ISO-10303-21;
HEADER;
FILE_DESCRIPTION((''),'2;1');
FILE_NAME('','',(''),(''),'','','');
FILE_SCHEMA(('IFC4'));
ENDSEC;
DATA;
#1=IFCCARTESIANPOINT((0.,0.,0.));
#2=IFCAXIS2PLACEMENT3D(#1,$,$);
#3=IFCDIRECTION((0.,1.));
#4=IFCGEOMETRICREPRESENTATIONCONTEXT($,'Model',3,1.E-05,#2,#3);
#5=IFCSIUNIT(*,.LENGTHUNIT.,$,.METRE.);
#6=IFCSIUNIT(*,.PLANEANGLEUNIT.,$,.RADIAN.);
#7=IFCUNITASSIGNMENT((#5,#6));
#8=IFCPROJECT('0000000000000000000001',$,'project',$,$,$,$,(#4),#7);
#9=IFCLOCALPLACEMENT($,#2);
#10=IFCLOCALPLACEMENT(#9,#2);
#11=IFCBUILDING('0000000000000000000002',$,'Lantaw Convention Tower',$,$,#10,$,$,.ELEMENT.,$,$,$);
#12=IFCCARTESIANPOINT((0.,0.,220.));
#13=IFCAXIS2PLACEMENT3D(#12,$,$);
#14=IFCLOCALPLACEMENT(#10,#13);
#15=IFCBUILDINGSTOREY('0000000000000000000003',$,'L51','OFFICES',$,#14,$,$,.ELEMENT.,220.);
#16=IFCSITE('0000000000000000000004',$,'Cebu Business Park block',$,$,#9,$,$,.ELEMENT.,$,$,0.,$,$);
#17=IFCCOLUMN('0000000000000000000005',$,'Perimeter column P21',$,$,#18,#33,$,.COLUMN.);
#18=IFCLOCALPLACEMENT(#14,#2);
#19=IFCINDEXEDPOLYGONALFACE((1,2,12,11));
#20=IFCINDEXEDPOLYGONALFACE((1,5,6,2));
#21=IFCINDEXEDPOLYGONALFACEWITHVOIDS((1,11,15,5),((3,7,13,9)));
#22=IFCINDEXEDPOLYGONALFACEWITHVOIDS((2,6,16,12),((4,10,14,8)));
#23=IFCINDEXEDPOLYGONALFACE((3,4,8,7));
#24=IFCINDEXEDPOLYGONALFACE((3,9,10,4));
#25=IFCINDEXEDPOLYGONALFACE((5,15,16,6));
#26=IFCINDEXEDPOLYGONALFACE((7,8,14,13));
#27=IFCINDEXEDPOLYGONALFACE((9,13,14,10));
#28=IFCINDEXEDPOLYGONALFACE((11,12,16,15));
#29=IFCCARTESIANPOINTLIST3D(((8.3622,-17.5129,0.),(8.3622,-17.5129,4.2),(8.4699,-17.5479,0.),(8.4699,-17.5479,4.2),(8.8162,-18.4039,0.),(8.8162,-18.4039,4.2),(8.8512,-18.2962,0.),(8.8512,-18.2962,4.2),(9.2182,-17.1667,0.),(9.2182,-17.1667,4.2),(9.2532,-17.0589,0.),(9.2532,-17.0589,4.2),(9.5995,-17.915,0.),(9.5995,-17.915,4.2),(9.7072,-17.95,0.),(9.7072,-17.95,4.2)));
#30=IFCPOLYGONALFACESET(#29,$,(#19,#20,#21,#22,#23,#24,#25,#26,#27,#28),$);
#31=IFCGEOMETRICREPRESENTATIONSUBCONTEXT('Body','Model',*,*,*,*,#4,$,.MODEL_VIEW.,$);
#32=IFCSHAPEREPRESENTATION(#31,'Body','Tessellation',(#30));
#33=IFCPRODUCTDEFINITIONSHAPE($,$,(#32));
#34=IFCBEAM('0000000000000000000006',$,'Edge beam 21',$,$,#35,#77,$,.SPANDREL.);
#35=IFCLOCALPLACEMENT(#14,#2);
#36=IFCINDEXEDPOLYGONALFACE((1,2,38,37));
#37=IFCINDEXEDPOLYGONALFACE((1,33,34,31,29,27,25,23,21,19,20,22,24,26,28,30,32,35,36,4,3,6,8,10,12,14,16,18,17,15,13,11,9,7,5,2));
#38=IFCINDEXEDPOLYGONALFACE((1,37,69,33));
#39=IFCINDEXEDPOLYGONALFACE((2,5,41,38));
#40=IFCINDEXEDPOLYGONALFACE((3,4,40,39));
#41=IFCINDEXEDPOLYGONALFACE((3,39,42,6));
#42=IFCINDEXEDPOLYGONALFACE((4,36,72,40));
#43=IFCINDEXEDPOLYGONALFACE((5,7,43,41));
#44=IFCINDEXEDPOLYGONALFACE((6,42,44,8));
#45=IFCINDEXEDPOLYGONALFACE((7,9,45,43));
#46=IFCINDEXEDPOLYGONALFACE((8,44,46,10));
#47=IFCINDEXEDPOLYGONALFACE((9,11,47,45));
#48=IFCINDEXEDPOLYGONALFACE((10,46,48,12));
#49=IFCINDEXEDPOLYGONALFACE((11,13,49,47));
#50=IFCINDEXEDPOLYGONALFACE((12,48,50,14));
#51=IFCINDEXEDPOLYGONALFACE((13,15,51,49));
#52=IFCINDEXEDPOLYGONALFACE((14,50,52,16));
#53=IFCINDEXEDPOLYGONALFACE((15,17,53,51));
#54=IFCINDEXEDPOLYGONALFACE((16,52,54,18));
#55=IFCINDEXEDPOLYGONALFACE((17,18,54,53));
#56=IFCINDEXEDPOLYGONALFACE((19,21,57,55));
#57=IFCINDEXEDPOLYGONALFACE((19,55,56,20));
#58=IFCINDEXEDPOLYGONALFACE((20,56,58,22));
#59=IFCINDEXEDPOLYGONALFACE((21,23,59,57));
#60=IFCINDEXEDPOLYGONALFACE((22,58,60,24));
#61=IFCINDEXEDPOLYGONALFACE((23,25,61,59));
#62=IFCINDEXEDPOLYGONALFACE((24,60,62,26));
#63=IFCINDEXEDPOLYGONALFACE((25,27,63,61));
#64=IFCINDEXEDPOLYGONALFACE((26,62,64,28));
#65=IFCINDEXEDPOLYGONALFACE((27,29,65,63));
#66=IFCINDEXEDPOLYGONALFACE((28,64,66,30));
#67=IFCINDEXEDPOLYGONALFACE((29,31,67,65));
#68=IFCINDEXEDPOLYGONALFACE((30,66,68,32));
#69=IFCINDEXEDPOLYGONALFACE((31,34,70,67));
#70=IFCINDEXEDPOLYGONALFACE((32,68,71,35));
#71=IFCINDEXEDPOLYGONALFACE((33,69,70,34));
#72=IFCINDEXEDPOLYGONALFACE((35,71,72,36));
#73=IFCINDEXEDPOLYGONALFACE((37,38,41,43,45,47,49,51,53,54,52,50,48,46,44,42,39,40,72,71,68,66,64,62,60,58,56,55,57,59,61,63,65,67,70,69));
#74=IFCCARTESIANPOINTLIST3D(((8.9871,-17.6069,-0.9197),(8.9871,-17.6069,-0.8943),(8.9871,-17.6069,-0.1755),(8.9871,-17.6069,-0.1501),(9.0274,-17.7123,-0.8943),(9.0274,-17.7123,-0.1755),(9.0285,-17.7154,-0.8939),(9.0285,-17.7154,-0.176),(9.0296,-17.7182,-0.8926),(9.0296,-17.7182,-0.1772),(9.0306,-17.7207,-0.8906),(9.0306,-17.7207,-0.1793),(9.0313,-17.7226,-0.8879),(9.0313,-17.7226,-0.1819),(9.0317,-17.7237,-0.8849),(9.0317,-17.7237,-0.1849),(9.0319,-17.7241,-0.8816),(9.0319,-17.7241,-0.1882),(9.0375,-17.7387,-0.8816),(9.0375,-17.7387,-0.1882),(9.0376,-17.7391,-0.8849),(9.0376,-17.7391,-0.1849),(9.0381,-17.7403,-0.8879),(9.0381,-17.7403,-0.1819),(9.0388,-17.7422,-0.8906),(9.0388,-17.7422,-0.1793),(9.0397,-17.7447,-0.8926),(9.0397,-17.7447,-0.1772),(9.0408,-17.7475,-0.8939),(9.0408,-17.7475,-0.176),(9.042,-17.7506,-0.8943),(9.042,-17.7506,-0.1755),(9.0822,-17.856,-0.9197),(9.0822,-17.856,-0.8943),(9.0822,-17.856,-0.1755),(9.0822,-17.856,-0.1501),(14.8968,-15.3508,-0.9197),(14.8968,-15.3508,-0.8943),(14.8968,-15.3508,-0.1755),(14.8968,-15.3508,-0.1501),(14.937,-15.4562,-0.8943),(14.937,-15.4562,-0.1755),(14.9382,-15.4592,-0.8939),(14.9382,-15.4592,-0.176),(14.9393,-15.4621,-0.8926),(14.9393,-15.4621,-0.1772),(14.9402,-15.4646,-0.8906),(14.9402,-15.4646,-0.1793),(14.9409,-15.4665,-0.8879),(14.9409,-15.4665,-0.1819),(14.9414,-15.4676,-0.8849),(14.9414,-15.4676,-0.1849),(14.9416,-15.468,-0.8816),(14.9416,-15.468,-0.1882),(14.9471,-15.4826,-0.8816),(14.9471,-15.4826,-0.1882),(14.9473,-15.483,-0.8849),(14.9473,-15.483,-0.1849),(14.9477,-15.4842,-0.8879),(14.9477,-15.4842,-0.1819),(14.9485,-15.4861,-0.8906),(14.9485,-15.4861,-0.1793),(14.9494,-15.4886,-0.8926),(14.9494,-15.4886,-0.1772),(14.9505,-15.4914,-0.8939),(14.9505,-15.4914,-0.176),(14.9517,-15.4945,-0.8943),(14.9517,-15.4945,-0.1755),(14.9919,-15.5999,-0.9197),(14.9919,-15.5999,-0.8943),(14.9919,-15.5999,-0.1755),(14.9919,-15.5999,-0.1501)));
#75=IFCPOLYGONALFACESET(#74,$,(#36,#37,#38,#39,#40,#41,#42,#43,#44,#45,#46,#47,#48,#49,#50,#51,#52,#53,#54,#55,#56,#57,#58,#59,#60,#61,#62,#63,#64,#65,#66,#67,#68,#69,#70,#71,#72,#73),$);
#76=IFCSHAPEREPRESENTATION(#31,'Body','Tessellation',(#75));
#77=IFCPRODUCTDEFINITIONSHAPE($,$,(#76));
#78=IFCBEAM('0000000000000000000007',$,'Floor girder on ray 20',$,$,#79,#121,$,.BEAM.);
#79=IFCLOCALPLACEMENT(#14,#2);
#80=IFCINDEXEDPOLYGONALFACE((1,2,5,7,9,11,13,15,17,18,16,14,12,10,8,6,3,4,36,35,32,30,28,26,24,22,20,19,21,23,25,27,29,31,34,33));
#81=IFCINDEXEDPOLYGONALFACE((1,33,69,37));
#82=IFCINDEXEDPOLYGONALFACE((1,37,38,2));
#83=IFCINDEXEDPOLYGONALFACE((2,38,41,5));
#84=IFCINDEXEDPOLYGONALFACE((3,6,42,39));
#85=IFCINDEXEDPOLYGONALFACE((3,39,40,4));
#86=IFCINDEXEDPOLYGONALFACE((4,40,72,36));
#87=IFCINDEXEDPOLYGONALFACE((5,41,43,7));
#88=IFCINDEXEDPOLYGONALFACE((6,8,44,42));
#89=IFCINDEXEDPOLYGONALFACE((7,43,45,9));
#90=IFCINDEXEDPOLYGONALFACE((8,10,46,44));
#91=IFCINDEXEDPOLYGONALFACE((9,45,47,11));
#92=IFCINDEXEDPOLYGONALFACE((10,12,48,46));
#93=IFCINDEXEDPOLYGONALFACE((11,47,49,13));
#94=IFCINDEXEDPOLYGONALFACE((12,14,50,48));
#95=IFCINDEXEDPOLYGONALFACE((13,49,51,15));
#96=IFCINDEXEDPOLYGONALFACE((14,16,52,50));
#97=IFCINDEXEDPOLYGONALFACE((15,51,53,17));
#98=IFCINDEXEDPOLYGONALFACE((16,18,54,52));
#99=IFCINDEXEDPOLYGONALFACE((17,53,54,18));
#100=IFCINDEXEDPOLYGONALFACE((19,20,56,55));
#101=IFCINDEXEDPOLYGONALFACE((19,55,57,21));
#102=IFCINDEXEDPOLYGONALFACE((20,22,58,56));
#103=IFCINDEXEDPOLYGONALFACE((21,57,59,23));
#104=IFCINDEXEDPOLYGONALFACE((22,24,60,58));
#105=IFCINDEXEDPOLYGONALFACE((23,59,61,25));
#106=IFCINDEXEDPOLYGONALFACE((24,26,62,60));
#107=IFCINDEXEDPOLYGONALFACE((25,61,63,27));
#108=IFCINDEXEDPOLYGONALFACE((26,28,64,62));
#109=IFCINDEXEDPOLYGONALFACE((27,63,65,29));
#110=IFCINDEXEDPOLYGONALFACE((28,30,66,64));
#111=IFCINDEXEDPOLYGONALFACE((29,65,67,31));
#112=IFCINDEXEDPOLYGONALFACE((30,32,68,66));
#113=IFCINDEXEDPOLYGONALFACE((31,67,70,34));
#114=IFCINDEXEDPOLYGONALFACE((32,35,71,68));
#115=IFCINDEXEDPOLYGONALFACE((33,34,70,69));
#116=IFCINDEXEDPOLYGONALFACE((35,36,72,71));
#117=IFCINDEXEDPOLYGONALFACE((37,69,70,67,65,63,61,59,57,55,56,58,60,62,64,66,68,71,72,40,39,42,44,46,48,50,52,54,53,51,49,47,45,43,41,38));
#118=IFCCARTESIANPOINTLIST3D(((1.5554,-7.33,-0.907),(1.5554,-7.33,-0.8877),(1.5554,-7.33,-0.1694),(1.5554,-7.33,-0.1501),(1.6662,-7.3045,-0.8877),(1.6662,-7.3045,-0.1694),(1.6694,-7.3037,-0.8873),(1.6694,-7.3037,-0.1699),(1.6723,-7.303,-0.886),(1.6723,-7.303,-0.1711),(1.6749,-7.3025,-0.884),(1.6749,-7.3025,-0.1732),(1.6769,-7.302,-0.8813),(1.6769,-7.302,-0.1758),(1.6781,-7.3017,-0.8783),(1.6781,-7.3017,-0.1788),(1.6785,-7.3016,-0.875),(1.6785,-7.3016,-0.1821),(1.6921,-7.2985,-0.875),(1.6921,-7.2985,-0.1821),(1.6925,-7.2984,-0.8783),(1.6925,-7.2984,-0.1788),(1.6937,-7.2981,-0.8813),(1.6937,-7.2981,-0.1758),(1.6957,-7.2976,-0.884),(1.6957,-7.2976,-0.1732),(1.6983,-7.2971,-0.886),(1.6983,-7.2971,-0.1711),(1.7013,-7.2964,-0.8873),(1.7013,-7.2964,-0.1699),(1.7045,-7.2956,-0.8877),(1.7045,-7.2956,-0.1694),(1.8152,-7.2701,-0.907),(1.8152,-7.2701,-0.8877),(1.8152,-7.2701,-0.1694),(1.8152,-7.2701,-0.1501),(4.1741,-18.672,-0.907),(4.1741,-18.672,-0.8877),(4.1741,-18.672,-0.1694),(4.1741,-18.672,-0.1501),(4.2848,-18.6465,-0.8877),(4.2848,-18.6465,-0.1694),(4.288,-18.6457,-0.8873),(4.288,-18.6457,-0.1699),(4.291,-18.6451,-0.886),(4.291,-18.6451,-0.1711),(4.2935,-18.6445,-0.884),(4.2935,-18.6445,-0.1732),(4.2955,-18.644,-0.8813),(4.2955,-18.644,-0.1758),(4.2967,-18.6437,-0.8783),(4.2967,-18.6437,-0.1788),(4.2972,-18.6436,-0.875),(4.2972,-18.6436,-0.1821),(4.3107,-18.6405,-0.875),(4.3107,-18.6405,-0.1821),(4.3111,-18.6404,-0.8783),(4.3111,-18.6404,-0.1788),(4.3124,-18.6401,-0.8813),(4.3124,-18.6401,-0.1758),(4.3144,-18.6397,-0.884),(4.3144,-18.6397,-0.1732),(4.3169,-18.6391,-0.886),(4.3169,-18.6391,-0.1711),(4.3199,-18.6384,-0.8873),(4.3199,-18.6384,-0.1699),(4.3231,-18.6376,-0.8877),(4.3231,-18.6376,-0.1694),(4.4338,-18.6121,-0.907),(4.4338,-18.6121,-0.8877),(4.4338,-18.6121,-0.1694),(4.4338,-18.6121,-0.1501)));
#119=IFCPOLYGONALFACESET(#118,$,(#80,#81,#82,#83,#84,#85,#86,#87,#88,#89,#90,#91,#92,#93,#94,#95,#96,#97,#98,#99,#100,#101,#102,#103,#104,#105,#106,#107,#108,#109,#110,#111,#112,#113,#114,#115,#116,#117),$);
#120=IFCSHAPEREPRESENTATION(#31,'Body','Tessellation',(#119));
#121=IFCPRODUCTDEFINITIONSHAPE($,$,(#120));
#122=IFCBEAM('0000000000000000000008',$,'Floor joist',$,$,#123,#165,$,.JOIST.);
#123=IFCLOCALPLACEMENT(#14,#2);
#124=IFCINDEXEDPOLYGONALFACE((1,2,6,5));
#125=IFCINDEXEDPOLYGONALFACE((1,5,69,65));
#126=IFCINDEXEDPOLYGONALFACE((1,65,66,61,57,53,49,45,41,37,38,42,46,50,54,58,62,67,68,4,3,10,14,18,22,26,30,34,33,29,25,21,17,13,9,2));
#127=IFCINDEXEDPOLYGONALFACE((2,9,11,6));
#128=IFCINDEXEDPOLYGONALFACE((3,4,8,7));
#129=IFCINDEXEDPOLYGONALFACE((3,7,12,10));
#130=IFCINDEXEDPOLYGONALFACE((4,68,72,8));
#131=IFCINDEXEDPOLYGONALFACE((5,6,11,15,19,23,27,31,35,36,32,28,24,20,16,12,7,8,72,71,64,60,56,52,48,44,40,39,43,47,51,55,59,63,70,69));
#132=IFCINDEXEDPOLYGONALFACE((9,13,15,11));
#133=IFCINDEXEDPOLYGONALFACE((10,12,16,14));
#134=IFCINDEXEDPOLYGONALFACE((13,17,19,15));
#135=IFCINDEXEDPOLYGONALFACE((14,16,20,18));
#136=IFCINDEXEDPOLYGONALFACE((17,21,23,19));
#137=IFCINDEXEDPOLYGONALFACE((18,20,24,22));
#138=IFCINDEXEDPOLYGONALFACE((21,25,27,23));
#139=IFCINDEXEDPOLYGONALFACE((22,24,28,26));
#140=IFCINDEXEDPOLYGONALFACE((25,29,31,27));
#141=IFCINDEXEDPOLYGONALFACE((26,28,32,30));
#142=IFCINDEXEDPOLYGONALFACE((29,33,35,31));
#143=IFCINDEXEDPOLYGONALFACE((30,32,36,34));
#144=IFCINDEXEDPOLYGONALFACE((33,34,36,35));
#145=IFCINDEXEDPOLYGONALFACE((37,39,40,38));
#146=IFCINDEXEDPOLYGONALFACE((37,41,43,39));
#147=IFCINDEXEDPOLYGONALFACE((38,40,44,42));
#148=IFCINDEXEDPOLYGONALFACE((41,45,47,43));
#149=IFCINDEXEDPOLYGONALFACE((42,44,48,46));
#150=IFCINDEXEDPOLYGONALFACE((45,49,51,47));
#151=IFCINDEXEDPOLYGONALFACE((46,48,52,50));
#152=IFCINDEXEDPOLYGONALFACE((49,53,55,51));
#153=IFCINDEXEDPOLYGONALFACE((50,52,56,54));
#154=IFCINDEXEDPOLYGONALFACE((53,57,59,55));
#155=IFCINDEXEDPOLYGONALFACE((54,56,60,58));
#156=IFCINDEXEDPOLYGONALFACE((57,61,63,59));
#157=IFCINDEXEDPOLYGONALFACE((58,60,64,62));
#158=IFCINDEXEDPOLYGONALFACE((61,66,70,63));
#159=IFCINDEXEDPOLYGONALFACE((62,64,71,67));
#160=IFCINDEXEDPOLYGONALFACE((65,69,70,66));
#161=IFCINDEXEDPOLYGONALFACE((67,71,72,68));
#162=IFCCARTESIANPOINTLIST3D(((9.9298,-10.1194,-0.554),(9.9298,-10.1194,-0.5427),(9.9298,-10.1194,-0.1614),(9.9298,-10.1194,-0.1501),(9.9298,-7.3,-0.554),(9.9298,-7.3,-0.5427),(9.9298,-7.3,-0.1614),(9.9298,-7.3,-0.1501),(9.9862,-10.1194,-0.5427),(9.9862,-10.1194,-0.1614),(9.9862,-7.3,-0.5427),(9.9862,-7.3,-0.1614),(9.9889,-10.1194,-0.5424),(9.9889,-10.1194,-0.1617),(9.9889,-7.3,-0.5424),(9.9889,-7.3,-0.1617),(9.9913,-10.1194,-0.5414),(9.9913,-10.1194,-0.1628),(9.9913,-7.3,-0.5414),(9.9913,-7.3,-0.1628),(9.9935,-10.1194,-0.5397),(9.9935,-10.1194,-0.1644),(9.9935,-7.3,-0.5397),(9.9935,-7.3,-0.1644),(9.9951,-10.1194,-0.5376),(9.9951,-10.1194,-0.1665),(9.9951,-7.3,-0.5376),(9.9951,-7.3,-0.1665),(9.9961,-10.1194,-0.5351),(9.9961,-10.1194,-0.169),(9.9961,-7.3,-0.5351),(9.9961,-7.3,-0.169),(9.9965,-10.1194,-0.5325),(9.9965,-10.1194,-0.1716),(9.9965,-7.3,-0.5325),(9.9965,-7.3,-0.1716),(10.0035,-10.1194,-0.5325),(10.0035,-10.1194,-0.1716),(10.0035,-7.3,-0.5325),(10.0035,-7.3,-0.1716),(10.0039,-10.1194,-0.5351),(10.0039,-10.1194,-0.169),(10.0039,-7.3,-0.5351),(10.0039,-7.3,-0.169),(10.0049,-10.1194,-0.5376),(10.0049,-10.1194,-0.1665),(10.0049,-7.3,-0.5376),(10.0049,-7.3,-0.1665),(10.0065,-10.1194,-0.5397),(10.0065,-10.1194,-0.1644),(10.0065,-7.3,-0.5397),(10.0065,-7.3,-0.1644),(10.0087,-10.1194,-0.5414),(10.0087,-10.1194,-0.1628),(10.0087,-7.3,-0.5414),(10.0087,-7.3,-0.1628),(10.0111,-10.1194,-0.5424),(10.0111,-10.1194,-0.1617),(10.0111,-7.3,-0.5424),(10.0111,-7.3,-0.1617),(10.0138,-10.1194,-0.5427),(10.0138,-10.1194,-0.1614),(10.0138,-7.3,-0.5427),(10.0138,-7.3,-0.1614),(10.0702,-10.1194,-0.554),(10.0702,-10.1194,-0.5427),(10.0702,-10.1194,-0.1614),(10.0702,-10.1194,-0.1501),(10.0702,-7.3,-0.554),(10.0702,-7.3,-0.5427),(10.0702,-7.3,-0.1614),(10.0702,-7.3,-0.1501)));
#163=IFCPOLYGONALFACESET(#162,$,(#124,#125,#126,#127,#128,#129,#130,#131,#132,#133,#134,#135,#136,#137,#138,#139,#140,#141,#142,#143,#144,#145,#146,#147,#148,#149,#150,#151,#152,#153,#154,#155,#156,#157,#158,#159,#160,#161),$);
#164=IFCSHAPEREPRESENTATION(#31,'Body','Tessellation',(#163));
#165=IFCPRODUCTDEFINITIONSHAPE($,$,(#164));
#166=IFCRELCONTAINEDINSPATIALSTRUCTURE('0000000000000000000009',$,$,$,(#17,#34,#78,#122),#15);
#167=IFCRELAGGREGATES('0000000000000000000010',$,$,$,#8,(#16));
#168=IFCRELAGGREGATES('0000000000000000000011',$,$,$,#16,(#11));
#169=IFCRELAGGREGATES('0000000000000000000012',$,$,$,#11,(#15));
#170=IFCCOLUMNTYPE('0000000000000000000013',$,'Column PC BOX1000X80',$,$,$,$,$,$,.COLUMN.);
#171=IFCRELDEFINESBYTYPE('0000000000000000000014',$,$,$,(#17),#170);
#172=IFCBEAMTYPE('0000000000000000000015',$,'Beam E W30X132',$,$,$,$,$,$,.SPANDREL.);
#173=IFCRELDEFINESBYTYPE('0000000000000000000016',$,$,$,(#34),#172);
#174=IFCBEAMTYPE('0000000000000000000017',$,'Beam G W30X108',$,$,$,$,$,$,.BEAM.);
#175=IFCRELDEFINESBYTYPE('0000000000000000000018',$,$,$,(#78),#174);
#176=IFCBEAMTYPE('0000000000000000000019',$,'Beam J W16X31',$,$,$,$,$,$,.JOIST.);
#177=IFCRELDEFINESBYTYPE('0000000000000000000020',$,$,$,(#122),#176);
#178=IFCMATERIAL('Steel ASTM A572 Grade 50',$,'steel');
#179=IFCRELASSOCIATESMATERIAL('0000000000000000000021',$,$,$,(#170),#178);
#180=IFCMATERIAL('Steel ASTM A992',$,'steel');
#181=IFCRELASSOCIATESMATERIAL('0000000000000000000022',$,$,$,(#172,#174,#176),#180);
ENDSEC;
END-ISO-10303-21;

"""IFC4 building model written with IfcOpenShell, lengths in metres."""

from ifc_helpers import new_model, si_unit, direction, frame, origin, origin_2d, place, context, subcontext, project, spatial, rectangle, hollow_rectangle, i_section, extrude, material, material_profile, profile_set, type_object, element, save


model = new_model("IFC4")

# Units and contexts
model_context = context("Model", 3, precision=1e-05, world=origin(), true_north=direction((0.0, 1.0)))
body_context = subcontext(model_context, "Body", "Model", "MODEL_VIEW")
ifc_project = project(units=[si_unit("LENGTHUNIT", "METRE"), si_unit("PLANEANGLEUNIT", "RADIAN")], contexts=[model_context])

# Site, building, storey
site_placement = place(None, origin())
site = spatial("IfcSite", under=ifc_project, at=site_placement, Name="Cebu Business Park block", CompositionType="ELEMENT", RefElevation=0.0)
building_placement = place(site_placement, origin())
building = spatial("IfcBuilding", under=site, at=building_placement, Name="Lantaw Convention Tower", CompositionType="ELEMENT")
storey_placement = place(building_placement, frame((0.0, 0.0, 220.0)))
storey = spatial("IfcBuildingStorey", under=building, at=storey_placement, Name="L51", Description="OFFICES", CompositionType="ELEMENT", Elevation=220.0)

# Column
ifc_material_1 = material(Name="Steel ASTM A572 Grade 50", Category="steel")
ifc_material_profile_1 = material_profile(ifc_material_1, hollow_rectangle(XDim=1.0, YDim=1.0, WallThickness=0.0801, at=origin_2d()), Name="BOX1000X80")
ifc_material_2 = material(Name="Concrete C60/75", Category="concrete")
ifc_material_profile_2 = material_profile(ifc_material_2, rectangle(XDim=0.8401, YDim=0.8401, at=origin_2d()), Name="Concrete fill of BOX1000X80")
ifc_profile_set_1 = profile_set([ifc_material_profile_1, ifc_material_profile_2], Name="Steel ASTM A572 Grade 50")
column_type = type_object("IfcColumnType", Name="Column PC BOX1000X80", PredefinedType="COLUMN", material=ifc_profile_set_1)
column_placement = place(storey_placement, frame((9.0347, -17.7314, 0.0), z_axis=(0.0, 0.0, 1.0), x_axis=(0.891007, 0.45399, 0.0)))
element("IfcColumn", 1, at=column_placement, inside=storey, type_object=column_type, Name="Perimeter column P21", PredefinedType="COLUMN", context=body_context, shape_type="SweptSolid", body=[
    extrude(hollow_rectangle(XDim=1.0, YDim=1.0, WallThickness=0.0801, at=origin_2d()), origin(), (0.0, 0.0, 1.0), 4.2),
])

# Beams
ifc_material_3 = material(Name="Steel ASTM A992", Category="steel")
ifc_material_profile_3 = material_profile(ifc_material_3, i_section(OverallWidth=0.2666, OverallDepth=0.7695, WebThickness=0.0156, FlangeThickness=0.0254, FilletRadius=0.0127, at=origin_2d()), Name="W30X132")
ifc_profile_set_2 = profile_set([ifc_material_profile_3], Name="Steel ASTM A992")
beam_type_1 = type_object("IfcBeamType", Name="Beam E W30X132", PredefinedType="SPANDREL", material=ifc_profile_set_2)
beam_1_placement = place(storey_placement, frame((9.0347, -17.7314, -0.5349), z_axis=(0.934235, 0.356658, 0.0), x_axis=(-0.356658, 0.934235, 0.0)))
element("IfcBeam", 2, at=beam_1_placement, inside=storey, type_object=beam_type_1, Name="Edge beam 21", PredefinedType="SPANDREL", context=body_context, shape_type="SweptSolid", body=[
    extrude(i_section(OverallWidth=0.2666, OverallDepth=0.7695, WebThickness=0.0156, FlangeThickness=0.0254, FilletRadius=0.0127, at=origin_2d()), origin(), (0.0, 0.0, 1.0), 6.3257),
])
ifc_material_profile_4 = material_profile(ifc_material_3, i_section(OverallWidth=0.2666, OverallDepth=0.7568, WebThickness=0.0139, FlangeThickness=0.0193, FilletRadius=0.0127, at=origin_2d()), Name="W30X108")
ifc_profile_set_3 = profile_set([ifc_material_profile_4], Name="Steel ASTM A992")
beam_type_2 = type_object("IfcBeamType", Name="Beam G W30X108", PredefinedType="BEAM", material=ifc_profile_set_3)
beam_2_placement = place(storey_placement, frame((1.6853, -7.3, -0.5286), z_axis=(0.224962, -0.974368, 0.0), x_axis=(0.974368, 0.224962, 0.0)))
element("IfcBeam", 3, at=beam_2_placement, inside=storey, type_object=beam_type_2, Name="Floor girder on ray 20", PredefinedType="BEAM", context=body_context, shape_type="SweptSolid", body=[
    extrude(i_section(OverallWidth=0.2666, OverallDepth=0.7568, WebThickness=0.0139, FlangeThickness=0.0193, FilletRadius=0.0127, at=origin_2d()), origin(), (0.0, 0.0, 1.0), 11.6404),
])
ifc_material_profile_5 = material_profile(ifc_material_3, i_section(OverallWidth=0.1404, OverallDepth=0.4038, WebThickness=0.0071, FlangeThickness=0.0112, FilletRadius=0.0103, at=origin_2d()), Name="W16X31")
ifc_profile_set_4 = profile_set([ifc_material_profile_5], Name="Steel ASTM A992")
beam_type_3 = type_object("IfcBeamType", Name="Beam J W16X31", PredefinedType="JOIST", material=ifc_profile_set_4)
beam_3_placement = place(storey_placement, frame((10.0, -10.1194, -0.3521), z_axis=(0.0, 1.0, 0.0), x_axis=(-1.0, 0.0, 0.0)))
element("IfcBeam", 4, at=beam_3_placement, inside=storey, type_object=beam_type_3, Name="Floor joist", PredefinedType="JOIST", context=body_context, shape_type="SweptSolid", body=[
    extrude(i_section(OverallWidth=0.1404, OverallDepth=0.4038, WebThickness=0.0071, FlangeThickness=0.0112, FilletRadius=0.0103, at=origin_2d()), origin(), (0.0, 0.0, 1.0), 2.8193),
])

save(model, "model.ifc")
